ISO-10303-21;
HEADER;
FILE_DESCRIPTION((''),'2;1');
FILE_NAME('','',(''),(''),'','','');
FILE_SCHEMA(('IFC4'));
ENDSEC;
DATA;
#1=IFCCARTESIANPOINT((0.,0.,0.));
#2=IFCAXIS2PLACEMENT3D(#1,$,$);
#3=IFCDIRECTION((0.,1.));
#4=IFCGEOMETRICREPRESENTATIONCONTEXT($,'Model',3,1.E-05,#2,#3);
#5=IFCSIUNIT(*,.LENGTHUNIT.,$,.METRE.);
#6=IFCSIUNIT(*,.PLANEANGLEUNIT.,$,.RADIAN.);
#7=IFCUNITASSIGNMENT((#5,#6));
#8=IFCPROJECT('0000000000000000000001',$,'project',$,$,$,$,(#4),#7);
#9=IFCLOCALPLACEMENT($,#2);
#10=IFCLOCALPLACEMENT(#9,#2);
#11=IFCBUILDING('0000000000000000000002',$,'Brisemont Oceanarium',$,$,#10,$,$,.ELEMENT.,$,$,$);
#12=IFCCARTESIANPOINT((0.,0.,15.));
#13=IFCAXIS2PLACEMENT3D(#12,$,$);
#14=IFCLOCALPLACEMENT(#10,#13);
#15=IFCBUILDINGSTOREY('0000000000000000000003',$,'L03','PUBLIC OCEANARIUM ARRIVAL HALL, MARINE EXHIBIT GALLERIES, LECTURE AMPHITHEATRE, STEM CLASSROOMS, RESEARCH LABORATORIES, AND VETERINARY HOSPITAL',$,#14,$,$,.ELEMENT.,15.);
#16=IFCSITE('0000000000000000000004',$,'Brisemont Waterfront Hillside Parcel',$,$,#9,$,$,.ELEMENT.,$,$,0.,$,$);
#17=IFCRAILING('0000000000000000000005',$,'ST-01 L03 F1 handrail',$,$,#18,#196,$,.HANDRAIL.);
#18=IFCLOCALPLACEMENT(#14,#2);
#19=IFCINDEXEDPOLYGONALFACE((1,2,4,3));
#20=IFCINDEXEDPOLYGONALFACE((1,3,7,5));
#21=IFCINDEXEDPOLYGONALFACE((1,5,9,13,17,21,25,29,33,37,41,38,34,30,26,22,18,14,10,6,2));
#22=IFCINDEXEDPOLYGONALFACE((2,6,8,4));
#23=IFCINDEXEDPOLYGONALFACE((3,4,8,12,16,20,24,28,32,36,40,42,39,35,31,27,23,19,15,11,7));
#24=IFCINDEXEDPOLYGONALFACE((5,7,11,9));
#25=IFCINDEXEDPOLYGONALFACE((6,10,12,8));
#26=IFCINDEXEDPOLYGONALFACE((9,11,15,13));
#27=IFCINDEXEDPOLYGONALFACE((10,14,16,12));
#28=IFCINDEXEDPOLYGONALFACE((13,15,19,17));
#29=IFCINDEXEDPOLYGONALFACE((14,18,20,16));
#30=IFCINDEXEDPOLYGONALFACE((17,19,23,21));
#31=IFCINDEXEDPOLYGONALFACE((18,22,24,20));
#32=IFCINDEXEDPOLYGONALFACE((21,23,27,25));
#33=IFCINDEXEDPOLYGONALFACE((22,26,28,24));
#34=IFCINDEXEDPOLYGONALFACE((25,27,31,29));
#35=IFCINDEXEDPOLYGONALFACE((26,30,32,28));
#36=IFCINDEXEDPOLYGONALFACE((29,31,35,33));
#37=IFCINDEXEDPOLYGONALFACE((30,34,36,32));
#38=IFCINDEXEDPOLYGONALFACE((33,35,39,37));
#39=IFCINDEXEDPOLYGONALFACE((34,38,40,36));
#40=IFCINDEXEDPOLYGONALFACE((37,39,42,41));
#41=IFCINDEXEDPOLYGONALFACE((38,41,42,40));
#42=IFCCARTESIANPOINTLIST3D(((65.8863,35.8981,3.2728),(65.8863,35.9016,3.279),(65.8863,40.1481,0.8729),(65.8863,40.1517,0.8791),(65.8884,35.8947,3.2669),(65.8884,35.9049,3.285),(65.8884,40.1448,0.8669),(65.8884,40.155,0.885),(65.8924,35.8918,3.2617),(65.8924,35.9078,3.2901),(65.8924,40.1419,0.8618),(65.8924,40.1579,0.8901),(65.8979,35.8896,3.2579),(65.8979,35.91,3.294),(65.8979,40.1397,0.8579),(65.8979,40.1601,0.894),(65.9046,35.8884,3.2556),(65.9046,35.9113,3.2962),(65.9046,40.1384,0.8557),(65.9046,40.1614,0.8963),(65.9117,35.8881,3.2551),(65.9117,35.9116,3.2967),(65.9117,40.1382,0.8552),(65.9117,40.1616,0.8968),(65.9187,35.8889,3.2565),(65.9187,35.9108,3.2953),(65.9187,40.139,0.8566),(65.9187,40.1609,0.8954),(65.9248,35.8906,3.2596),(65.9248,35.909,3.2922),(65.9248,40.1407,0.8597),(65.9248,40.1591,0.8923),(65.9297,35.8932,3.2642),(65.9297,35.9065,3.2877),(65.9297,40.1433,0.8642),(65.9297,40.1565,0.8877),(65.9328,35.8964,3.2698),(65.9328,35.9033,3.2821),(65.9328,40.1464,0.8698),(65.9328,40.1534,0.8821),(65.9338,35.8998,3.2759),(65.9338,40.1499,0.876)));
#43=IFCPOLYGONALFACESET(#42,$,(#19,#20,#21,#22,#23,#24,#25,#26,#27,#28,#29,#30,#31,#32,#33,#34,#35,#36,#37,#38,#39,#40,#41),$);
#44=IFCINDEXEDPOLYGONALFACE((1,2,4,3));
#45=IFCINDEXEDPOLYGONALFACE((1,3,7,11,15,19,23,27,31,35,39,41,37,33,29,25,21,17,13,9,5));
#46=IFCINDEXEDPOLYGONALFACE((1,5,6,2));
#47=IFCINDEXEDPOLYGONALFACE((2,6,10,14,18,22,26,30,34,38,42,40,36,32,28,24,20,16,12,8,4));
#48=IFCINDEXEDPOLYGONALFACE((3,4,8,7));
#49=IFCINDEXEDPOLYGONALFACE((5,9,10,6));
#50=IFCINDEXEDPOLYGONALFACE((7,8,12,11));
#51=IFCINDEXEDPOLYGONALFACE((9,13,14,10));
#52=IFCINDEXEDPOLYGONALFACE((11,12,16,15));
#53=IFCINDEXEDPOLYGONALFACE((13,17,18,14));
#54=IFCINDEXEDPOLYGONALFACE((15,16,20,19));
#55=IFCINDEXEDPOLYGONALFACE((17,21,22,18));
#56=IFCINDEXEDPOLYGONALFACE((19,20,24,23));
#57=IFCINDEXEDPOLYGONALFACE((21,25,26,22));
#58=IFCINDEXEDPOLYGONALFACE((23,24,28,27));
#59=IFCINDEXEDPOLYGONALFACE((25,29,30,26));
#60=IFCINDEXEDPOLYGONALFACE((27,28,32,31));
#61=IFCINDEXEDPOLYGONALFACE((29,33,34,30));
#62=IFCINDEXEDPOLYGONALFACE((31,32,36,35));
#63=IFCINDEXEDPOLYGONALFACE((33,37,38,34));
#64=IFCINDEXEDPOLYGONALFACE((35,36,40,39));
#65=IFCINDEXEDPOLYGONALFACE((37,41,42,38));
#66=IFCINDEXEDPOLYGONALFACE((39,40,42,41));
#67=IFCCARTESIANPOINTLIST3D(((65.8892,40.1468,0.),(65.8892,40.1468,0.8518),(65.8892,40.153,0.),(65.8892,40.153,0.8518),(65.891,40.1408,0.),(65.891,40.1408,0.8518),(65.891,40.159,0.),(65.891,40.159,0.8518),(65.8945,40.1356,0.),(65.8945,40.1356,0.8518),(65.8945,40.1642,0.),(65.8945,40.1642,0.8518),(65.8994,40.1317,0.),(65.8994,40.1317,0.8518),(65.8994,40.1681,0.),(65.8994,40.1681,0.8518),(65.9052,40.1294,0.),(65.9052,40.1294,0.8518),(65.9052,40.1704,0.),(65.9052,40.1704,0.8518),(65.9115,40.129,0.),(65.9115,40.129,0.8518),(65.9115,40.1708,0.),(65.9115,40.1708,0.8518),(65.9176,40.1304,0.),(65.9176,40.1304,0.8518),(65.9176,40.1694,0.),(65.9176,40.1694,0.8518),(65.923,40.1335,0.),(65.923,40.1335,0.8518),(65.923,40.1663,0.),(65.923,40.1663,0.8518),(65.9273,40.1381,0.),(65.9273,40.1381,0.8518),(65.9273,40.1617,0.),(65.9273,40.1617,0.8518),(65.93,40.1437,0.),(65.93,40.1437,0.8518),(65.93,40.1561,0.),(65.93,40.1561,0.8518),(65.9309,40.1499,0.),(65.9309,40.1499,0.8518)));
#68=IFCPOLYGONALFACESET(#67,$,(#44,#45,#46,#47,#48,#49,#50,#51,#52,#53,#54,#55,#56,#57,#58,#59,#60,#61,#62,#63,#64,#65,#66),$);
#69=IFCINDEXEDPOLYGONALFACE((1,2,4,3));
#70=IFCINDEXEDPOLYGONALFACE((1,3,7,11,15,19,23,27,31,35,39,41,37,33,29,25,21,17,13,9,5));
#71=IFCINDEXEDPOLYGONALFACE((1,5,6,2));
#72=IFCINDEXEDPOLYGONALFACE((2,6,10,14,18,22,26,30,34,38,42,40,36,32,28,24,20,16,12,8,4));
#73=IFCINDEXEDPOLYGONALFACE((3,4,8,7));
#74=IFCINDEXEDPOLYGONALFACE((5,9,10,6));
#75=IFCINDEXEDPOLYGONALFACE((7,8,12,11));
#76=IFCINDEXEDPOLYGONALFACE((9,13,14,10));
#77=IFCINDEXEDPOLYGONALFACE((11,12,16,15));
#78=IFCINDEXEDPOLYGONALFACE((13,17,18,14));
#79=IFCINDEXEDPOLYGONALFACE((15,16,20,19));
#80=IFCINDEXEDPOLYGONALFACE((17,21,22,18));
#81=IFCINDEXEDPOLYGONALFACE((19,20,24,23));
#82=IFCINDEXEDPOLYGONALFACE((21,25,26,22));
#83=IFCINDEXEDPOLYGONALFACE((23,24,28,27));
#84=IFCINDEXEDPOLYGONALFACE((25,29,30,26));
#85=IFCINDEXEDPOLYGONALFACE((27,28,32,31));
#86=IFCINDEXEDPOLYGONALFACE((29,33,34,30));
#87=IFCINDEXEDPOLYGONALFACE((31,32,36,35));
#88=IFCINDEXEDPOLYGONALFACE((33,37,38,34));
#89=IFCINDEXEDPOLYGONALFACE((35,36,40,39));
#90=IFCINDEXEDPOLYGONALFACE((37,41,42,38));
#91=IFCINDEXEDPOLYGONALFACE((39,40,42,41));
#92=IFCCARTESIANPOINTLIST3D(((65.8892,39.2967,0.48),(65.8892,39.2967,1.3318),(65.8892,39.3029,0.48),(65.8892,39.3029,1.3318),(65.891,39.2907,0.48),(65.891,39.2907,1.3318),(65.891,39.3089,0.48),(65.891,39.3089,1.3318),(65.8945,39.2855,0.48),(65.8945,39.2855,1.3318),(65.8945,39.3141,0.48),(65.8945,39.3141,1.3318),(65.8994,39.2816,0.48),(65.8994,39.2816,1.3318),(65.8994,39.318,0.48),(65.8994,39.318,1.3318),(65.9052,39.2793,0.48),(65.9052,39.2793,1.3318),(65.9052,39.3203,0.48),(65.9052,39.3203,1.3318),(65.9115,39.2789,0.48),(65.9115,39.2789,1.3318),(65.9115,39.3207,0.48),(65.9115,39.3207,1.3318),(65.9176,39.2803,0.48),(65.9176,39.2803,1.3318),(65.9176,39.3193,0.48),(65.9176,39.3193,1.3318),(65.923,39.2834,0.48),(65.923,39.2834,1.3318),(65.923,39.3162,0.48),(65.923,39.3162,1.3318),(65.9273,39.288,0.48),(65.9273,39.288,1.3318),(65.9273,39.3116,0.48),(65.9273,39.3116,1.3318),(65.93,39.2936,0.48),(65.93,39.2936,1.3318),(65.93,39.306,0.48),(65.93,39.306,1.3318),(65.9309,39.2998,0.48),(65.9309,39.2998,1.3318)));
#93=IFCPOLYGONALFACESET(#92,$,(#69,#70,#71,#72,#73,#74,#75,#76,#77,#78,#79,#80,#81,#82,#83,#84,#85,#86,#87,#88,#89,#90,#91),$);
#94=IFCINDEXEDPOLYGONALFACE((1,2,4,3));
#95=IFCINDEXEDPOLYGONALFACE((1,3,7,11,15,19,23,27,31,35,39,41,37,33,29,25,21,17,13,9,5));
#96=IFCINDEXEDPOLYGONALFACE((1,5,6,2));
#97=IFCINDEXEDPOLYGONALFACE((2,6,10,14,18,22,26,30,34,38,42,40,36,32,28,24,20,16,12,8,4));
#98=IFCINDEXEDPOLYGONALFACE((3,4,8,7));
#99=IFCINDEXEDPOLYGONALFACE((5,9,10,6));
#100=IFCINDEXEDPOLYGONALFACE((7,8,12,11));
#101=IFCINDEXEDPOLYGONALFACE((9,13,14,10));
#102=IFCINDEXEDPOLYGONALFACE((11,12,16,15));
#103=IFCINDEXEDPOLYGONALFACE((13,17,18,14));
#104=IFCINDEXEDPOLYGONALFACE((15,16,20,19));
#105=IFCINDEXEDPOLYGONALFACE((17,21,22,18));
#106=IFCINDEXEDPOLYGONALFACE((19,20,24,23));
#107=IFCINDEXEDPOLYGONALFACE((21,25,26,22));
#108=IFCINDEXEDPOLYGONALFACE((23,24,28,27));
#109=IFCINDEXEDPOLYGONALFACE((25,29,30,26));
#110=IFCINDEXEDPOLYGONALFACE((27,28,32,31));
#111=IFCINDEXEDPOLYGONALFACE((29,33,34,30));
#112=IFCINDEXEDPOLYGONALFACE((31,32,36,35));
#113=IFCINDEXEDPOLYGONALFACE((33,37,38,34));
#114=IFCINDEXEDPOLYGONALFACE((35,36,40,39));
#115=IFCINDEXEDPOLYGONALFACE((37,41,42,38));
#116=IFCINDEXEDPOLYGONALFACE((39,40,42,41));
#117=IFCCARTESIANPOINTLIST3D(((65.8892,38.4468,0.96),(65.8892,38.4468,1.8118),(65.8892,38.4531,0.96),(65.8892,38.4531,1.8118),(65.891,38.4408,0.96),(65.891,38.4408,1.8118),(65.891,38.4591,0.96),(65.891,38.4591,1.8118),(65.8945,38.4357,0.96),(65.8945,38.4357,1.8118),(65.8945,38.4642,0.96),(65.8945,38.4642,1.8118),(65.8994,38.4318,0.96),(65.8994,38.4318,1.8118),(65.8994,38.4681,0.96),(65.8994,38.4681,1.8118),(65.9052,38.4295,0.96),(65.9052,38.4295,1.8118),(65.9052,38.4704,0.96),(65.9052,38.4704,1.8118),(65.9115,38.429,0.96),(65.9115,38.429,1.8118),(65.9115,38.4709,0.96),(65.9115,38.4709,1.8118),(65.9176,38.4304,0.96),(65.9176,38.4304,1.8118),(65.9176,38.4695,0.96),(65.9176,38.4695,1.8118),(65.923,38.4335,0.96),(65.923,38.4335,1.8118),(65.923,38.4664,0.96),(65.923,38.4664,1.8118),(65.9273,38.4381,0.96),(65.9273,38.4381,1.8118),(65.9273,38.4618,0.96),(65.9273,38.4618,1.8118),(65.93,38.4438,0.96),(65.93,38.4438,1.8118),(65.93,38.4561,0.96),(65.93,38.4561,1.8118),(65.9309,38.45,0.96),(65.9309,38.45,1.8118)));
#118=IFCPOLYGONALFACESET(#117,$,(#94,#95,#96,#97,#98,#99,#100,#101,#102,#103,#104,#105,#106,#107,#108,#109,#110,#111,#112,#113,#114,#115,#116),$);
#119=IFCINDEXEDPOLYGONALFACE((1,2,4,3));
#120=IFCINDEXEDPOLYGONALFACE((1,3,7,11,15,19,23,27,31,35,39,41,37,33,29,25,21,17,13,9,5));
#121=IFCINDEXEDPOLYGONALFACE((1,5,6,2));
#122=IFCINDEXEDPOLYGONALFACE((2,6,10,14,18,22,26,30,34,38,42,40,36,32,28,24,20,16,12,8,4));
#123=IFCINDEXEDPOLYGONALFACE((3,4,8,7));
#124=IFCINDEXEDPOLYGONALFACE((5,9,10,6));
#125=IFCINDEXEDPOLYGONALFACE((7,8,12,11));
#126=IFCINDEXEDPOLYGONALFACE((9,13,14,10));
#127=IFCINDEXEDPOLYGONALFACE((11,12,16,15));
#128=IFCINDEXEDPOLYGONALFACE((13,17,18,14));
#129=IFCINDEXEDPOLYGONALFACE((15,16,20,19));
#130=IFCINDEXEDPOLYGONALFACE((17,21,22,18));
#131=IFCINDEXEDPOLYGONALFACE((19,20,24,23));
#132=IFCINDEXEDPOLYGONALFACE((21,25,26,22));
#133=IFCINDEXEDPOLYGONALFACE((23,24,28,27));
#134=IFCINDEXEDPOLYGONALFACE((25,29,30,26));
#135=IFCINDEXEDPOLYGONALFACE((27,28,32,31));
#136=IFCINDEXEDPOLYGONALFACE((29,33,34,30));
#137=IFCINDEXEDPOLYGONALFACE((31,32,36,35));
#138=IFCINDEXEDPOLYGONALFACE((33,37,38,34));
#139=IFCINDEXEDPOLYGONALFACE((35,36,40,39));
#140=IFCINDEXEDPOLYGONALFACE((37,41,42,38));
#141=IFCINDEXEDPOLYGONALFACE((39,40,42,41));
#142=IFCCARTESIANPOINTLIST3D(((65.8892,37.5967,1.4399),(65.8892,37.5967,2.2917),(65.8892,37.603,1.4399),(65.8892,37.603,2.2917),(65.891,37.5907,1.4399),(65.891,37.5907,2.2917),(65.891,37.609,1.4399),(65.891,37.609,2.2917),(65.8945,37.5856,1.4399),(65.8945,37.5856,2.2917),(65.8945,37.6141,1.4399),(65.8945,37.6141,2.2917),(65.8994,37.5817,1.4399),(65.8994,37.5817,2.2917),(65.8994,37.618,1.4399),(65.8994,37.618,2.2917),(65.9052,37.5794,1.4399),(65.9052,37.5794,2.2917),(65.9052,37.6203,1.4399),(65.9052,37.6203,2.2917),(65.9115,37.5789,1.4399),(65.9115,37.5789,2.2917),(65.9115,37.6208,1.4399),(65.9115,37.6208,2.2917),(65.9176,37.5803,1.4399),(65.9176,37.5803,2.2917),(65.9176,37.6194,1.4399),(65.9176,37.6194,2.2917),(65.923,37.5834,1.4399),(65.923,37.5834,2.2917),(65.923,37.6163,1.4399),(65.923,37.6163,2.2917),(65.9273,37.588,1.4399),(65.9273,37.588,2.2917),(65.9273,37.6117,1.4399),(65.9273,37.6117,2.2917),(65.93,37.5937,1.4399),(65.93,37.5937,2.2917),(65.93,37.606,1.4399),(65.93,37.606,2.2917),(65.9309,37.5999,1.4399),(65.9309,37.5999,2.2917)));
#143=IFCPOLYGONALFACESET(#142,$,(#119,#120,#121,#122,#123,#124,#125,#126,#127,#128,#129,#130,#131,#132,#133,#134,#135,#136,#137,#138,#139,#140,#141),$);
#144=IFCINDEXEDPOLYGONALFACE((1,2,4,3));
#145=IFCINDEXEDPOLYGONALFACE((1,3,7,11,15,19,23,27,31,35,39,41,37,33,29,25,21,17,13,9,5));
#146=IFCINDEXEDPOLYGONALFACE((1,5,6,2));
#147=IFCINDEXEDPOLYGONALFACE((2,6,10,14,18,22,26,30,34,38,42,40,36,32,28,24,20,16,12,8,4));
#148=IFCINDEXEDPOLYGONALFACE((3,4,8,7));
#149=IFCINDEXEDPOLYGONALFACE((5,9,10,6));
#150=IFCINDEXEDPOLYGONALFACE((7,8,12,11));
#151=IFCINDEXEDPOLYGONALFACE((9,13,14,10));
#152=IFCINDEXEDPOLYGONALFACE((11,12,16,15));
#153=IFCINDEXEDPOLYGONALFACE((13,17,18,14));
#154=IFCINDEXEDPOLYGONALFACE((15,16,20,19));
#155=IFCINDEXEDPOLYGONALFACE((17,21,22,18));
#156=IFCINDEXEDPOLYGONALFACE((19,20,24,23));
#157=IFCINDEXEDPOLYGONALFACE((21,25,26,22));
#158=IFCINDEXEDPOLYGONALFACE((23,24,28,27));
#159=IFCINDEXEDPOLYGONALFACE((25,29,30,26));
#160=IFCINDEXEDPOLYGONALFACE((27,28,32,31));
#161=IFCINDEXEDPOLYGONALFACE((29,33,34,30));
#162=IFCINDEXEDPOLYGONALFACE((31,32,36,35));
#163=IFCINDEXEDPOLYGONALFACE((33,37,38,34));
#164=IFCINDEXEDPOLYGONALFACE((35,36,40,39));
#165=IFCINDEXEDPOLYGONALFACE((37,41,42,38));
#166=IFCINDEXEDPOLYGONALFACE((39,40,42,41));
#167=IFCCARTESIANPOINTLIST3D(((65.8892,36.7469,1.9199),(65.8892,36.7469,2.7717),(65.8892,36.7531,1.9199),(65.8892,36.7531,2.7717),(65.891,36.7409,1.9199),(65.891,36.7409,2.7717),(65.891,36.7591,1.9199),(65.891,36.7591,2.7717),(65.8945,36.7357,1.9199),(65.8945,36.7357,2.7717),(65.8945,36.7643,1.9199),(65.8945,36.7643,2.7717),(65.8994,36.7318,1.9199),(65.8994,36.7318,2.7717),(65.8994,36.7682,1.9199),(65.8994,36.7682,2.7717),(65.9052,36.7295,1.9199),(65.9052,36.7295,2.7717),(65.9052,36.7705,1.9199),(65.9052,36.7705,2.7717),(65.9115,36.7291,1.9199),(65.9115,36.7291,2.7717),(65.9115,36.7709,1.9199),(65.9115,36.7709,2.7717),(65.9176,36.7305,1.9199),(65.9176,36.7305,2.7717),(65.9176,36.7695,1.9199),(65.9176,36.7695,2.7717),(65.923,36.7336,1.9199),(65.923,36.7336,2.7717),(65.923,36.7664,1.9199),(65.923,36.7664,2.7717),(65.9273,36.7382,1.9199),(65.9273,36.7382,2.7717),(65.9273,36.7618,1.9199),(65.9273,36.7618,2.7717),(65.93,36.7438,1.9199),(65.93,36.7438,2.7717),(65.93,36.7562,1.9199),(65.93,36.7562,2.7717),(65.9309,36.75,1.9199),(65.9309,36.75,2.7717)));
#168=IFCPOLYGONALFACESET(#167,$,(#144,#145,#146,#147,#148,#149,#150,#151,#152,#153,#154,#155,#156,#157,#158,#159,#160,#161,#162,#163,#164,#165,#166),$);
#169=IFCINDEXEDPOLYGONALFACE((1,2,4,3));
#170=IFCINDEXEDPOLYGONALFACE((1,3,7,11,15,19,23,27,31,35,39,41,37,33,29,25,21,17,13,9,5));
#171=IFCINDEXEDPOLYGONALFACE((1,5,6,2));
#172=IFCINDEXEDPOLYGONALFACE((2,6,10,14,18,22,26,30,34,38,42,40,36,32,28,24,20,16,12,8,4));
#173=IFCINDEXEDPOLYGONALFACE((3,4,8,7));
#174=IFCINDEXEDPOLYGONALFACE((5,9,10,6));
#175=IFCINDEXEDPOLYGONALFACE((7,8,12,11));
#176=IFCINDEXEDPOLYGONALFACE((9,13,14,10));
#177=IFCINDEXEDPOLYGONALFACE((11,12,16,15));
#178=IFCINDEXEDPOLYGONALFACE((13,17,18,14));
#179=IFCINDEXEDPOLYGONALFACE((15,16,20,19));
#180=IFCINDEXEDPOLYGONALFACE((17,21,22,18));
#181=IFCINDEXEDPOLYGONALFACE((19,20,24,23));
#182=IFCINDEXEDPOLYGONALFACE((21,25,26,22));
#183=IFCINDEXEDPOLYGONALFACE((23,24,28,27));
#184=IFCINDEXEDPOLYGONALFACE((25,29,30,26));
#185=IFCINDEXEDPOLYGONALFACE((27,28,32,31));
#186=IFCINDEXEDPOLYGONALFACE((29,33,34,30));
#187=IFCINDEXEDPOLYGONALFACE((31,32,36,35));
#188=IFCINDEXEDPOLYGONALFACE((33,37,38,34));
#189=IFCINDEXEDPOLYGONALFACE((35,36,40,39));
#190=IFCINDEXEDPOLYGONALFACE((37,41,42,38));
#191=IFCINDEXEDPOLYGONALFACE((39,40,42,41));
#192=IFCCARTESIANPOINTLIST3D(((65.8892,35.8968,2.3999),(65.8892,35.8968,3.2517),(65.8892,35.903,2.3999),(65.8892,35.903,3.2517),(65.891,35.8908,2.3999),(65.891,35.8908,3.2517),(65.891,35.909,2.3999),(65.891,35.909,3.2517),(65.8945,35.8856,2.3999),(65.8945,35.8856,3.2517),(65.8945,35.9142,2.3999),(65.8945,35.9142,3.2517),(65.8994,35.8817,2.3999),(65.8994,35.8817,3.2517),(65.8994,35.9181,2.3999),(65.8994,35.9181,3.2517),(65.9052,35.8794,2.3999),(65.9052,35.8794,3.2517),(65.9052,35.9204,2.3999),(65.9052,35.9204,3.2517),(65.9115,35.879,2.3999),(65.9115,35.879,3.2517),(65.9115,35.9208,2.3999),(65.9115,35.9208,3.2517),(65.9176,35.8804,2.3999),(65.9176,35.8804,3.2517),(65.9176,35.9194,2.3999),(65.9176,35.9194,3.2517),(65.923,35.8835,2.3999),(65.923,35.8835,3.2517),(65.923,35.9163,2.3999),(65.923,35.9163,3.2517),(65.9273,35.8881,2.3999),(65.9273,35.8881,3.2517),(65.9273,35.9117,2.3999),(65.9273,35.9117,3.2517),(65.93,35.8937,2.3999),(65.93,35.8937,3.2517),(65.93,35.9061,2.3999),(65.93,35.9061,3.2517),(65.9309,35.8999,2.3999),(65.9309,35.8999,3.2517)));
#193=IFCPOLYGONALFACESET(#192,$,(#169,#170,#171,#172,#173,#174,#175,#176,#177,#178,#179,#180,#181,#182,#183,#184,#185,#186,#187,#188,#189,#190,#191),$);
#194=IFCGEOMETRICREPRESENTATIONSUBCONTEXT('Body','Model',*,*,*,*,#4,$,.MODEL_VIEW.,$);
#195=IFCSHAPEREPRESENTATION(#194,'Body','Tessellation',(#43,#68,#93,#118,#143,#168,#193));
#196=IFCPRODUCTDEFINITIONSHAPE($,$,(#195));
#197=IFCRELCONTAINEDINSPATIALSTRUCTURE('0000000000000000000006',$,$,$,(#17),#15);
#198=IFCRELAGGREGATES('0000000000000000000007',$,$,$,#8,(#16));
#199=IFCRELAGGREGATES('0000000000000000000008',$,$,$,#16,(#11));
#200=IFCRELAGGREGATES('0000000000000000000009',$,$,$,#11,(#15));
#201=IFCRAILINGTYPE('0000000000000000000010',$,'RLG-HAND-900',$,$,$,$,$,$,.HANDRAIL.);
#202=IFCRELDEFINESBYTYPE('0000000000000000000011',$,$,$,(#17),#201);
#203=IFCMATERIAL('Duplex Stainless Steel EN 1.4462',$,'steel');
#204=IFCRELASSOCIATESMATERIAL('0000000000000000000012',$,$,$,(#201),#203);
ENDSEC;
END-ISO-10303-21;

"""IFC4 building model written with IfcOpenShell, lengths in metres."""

from ifc_helpers import new_model, si_unit, direction, frame, origin, origin_2d, place, context, subcontext, project, spatial, circle, extrude, material, type_object, element, save


model = new_model("IFC4")

# Units and contexts
model_context = context("Model", 3, precision=1e-05, world=origin(), true_north=direction((0.0, 1.0)))
body_context = subcontext(model_context, "Body", "Model", "MODEL_VIEW")
ifc_project = project(units=[si_unit("LENGTHUNIT", "METRE"), si_unit("PLANEANGLEUNIT", "RADIAN")], contexts=[model_context])

# Site, building, storey
site_placement = place(None, origin())
site = spatial("IfcSite", under=ifc_project, at=site_placement, Name="Brisemont Waterfront Hillside Parcel", CompositionType="ELEMENT", RefElevation=0.0)
building_placement = place(site_placement, origin())
building = spatial("IfcBuilding", under=site, at=building_placement, Name="Brisemont Oceanarium", CompositionType="ELEMENT")
storey_placement = place(building_placement, frame((0.0, 0.0, 15.0)))
storey = spatial("IfcBuildingStorey", under=building, at=storey_placement, Name="L03", Description="PUBLIC OCEANARIUM ARRIVAL HALL, MARINE EXHIBIT GALLERIES, LECTURE AMPHITHEATRE, STEM CLASSROOMS, RESEARCH LABORATORIES, AND VETERINARY HOSPITAL", CompositionType="ELEMENT", Elevation=15.0)

# Railing
ifc_material_1 = material(Name="Duplex Stainless Steel EN 1.4462", Category="steel")
railing_type_1 = type_object("IfcRailingType", Name="RLG-HAND-900", PredefinedType="HANDRAIL", material=ifc_material_1)
railing_1_placement = place(storey_placement, frame((65.9099, 40.1499, 0.0)))
element("IfcRailing", 1, at=railing_1_placement, inside=storey, type_object=railing_type_1, Name="ST-01 L03 F1 handrail", PredefinedType="HANDRAIL", context=body_context, shape_type="SweptSolid", body=[
    extrude(circle(Radius=0.0239, at=origin_2d()), frame((0.0, 0.0, 0.876), z_axis=(0.0, -0.870762, 0.491704), x_axis=(1.0, 0.0, 0.0)), (0.0, 0.0, 1.0), 4.8809),
    extrude(circle(Radius=0.021, at=origin_2d()), origin(), (0.0, 0.0, 1.0), 0.8518),
    extrude(circle(Radius=0.021, at=origin_2d()), frame((0.0, -0.8501, 0.48)), (0.0, 0.0, 1.0), 0.8518),
    extrude(circle(Radius=0.021, at=origin_2d()), frame((0.0, -1.7, 0.96)), (0.0, 0.0, 1.0), 0.8518),
    extrude(circle(Radius=0.021, at=origin_2d()), frame((0.0, -2.55, 1.4399)), (0.0, 0.0, 1.0), 0.8518),
    extrude(circle(Radius=0.021, at=origin_2d()), frame((0.0, -3.3999, 1.9199)), (0.0, 0.0, 1.0), 0.8518),
    extrude(circle(Radius=0.021, at=origin_2d()), frame((0.0, -4.25, 2.3999)), (0.0, 0.0, 1.0), 0.8518),
])

save(model, "model.ifc")
